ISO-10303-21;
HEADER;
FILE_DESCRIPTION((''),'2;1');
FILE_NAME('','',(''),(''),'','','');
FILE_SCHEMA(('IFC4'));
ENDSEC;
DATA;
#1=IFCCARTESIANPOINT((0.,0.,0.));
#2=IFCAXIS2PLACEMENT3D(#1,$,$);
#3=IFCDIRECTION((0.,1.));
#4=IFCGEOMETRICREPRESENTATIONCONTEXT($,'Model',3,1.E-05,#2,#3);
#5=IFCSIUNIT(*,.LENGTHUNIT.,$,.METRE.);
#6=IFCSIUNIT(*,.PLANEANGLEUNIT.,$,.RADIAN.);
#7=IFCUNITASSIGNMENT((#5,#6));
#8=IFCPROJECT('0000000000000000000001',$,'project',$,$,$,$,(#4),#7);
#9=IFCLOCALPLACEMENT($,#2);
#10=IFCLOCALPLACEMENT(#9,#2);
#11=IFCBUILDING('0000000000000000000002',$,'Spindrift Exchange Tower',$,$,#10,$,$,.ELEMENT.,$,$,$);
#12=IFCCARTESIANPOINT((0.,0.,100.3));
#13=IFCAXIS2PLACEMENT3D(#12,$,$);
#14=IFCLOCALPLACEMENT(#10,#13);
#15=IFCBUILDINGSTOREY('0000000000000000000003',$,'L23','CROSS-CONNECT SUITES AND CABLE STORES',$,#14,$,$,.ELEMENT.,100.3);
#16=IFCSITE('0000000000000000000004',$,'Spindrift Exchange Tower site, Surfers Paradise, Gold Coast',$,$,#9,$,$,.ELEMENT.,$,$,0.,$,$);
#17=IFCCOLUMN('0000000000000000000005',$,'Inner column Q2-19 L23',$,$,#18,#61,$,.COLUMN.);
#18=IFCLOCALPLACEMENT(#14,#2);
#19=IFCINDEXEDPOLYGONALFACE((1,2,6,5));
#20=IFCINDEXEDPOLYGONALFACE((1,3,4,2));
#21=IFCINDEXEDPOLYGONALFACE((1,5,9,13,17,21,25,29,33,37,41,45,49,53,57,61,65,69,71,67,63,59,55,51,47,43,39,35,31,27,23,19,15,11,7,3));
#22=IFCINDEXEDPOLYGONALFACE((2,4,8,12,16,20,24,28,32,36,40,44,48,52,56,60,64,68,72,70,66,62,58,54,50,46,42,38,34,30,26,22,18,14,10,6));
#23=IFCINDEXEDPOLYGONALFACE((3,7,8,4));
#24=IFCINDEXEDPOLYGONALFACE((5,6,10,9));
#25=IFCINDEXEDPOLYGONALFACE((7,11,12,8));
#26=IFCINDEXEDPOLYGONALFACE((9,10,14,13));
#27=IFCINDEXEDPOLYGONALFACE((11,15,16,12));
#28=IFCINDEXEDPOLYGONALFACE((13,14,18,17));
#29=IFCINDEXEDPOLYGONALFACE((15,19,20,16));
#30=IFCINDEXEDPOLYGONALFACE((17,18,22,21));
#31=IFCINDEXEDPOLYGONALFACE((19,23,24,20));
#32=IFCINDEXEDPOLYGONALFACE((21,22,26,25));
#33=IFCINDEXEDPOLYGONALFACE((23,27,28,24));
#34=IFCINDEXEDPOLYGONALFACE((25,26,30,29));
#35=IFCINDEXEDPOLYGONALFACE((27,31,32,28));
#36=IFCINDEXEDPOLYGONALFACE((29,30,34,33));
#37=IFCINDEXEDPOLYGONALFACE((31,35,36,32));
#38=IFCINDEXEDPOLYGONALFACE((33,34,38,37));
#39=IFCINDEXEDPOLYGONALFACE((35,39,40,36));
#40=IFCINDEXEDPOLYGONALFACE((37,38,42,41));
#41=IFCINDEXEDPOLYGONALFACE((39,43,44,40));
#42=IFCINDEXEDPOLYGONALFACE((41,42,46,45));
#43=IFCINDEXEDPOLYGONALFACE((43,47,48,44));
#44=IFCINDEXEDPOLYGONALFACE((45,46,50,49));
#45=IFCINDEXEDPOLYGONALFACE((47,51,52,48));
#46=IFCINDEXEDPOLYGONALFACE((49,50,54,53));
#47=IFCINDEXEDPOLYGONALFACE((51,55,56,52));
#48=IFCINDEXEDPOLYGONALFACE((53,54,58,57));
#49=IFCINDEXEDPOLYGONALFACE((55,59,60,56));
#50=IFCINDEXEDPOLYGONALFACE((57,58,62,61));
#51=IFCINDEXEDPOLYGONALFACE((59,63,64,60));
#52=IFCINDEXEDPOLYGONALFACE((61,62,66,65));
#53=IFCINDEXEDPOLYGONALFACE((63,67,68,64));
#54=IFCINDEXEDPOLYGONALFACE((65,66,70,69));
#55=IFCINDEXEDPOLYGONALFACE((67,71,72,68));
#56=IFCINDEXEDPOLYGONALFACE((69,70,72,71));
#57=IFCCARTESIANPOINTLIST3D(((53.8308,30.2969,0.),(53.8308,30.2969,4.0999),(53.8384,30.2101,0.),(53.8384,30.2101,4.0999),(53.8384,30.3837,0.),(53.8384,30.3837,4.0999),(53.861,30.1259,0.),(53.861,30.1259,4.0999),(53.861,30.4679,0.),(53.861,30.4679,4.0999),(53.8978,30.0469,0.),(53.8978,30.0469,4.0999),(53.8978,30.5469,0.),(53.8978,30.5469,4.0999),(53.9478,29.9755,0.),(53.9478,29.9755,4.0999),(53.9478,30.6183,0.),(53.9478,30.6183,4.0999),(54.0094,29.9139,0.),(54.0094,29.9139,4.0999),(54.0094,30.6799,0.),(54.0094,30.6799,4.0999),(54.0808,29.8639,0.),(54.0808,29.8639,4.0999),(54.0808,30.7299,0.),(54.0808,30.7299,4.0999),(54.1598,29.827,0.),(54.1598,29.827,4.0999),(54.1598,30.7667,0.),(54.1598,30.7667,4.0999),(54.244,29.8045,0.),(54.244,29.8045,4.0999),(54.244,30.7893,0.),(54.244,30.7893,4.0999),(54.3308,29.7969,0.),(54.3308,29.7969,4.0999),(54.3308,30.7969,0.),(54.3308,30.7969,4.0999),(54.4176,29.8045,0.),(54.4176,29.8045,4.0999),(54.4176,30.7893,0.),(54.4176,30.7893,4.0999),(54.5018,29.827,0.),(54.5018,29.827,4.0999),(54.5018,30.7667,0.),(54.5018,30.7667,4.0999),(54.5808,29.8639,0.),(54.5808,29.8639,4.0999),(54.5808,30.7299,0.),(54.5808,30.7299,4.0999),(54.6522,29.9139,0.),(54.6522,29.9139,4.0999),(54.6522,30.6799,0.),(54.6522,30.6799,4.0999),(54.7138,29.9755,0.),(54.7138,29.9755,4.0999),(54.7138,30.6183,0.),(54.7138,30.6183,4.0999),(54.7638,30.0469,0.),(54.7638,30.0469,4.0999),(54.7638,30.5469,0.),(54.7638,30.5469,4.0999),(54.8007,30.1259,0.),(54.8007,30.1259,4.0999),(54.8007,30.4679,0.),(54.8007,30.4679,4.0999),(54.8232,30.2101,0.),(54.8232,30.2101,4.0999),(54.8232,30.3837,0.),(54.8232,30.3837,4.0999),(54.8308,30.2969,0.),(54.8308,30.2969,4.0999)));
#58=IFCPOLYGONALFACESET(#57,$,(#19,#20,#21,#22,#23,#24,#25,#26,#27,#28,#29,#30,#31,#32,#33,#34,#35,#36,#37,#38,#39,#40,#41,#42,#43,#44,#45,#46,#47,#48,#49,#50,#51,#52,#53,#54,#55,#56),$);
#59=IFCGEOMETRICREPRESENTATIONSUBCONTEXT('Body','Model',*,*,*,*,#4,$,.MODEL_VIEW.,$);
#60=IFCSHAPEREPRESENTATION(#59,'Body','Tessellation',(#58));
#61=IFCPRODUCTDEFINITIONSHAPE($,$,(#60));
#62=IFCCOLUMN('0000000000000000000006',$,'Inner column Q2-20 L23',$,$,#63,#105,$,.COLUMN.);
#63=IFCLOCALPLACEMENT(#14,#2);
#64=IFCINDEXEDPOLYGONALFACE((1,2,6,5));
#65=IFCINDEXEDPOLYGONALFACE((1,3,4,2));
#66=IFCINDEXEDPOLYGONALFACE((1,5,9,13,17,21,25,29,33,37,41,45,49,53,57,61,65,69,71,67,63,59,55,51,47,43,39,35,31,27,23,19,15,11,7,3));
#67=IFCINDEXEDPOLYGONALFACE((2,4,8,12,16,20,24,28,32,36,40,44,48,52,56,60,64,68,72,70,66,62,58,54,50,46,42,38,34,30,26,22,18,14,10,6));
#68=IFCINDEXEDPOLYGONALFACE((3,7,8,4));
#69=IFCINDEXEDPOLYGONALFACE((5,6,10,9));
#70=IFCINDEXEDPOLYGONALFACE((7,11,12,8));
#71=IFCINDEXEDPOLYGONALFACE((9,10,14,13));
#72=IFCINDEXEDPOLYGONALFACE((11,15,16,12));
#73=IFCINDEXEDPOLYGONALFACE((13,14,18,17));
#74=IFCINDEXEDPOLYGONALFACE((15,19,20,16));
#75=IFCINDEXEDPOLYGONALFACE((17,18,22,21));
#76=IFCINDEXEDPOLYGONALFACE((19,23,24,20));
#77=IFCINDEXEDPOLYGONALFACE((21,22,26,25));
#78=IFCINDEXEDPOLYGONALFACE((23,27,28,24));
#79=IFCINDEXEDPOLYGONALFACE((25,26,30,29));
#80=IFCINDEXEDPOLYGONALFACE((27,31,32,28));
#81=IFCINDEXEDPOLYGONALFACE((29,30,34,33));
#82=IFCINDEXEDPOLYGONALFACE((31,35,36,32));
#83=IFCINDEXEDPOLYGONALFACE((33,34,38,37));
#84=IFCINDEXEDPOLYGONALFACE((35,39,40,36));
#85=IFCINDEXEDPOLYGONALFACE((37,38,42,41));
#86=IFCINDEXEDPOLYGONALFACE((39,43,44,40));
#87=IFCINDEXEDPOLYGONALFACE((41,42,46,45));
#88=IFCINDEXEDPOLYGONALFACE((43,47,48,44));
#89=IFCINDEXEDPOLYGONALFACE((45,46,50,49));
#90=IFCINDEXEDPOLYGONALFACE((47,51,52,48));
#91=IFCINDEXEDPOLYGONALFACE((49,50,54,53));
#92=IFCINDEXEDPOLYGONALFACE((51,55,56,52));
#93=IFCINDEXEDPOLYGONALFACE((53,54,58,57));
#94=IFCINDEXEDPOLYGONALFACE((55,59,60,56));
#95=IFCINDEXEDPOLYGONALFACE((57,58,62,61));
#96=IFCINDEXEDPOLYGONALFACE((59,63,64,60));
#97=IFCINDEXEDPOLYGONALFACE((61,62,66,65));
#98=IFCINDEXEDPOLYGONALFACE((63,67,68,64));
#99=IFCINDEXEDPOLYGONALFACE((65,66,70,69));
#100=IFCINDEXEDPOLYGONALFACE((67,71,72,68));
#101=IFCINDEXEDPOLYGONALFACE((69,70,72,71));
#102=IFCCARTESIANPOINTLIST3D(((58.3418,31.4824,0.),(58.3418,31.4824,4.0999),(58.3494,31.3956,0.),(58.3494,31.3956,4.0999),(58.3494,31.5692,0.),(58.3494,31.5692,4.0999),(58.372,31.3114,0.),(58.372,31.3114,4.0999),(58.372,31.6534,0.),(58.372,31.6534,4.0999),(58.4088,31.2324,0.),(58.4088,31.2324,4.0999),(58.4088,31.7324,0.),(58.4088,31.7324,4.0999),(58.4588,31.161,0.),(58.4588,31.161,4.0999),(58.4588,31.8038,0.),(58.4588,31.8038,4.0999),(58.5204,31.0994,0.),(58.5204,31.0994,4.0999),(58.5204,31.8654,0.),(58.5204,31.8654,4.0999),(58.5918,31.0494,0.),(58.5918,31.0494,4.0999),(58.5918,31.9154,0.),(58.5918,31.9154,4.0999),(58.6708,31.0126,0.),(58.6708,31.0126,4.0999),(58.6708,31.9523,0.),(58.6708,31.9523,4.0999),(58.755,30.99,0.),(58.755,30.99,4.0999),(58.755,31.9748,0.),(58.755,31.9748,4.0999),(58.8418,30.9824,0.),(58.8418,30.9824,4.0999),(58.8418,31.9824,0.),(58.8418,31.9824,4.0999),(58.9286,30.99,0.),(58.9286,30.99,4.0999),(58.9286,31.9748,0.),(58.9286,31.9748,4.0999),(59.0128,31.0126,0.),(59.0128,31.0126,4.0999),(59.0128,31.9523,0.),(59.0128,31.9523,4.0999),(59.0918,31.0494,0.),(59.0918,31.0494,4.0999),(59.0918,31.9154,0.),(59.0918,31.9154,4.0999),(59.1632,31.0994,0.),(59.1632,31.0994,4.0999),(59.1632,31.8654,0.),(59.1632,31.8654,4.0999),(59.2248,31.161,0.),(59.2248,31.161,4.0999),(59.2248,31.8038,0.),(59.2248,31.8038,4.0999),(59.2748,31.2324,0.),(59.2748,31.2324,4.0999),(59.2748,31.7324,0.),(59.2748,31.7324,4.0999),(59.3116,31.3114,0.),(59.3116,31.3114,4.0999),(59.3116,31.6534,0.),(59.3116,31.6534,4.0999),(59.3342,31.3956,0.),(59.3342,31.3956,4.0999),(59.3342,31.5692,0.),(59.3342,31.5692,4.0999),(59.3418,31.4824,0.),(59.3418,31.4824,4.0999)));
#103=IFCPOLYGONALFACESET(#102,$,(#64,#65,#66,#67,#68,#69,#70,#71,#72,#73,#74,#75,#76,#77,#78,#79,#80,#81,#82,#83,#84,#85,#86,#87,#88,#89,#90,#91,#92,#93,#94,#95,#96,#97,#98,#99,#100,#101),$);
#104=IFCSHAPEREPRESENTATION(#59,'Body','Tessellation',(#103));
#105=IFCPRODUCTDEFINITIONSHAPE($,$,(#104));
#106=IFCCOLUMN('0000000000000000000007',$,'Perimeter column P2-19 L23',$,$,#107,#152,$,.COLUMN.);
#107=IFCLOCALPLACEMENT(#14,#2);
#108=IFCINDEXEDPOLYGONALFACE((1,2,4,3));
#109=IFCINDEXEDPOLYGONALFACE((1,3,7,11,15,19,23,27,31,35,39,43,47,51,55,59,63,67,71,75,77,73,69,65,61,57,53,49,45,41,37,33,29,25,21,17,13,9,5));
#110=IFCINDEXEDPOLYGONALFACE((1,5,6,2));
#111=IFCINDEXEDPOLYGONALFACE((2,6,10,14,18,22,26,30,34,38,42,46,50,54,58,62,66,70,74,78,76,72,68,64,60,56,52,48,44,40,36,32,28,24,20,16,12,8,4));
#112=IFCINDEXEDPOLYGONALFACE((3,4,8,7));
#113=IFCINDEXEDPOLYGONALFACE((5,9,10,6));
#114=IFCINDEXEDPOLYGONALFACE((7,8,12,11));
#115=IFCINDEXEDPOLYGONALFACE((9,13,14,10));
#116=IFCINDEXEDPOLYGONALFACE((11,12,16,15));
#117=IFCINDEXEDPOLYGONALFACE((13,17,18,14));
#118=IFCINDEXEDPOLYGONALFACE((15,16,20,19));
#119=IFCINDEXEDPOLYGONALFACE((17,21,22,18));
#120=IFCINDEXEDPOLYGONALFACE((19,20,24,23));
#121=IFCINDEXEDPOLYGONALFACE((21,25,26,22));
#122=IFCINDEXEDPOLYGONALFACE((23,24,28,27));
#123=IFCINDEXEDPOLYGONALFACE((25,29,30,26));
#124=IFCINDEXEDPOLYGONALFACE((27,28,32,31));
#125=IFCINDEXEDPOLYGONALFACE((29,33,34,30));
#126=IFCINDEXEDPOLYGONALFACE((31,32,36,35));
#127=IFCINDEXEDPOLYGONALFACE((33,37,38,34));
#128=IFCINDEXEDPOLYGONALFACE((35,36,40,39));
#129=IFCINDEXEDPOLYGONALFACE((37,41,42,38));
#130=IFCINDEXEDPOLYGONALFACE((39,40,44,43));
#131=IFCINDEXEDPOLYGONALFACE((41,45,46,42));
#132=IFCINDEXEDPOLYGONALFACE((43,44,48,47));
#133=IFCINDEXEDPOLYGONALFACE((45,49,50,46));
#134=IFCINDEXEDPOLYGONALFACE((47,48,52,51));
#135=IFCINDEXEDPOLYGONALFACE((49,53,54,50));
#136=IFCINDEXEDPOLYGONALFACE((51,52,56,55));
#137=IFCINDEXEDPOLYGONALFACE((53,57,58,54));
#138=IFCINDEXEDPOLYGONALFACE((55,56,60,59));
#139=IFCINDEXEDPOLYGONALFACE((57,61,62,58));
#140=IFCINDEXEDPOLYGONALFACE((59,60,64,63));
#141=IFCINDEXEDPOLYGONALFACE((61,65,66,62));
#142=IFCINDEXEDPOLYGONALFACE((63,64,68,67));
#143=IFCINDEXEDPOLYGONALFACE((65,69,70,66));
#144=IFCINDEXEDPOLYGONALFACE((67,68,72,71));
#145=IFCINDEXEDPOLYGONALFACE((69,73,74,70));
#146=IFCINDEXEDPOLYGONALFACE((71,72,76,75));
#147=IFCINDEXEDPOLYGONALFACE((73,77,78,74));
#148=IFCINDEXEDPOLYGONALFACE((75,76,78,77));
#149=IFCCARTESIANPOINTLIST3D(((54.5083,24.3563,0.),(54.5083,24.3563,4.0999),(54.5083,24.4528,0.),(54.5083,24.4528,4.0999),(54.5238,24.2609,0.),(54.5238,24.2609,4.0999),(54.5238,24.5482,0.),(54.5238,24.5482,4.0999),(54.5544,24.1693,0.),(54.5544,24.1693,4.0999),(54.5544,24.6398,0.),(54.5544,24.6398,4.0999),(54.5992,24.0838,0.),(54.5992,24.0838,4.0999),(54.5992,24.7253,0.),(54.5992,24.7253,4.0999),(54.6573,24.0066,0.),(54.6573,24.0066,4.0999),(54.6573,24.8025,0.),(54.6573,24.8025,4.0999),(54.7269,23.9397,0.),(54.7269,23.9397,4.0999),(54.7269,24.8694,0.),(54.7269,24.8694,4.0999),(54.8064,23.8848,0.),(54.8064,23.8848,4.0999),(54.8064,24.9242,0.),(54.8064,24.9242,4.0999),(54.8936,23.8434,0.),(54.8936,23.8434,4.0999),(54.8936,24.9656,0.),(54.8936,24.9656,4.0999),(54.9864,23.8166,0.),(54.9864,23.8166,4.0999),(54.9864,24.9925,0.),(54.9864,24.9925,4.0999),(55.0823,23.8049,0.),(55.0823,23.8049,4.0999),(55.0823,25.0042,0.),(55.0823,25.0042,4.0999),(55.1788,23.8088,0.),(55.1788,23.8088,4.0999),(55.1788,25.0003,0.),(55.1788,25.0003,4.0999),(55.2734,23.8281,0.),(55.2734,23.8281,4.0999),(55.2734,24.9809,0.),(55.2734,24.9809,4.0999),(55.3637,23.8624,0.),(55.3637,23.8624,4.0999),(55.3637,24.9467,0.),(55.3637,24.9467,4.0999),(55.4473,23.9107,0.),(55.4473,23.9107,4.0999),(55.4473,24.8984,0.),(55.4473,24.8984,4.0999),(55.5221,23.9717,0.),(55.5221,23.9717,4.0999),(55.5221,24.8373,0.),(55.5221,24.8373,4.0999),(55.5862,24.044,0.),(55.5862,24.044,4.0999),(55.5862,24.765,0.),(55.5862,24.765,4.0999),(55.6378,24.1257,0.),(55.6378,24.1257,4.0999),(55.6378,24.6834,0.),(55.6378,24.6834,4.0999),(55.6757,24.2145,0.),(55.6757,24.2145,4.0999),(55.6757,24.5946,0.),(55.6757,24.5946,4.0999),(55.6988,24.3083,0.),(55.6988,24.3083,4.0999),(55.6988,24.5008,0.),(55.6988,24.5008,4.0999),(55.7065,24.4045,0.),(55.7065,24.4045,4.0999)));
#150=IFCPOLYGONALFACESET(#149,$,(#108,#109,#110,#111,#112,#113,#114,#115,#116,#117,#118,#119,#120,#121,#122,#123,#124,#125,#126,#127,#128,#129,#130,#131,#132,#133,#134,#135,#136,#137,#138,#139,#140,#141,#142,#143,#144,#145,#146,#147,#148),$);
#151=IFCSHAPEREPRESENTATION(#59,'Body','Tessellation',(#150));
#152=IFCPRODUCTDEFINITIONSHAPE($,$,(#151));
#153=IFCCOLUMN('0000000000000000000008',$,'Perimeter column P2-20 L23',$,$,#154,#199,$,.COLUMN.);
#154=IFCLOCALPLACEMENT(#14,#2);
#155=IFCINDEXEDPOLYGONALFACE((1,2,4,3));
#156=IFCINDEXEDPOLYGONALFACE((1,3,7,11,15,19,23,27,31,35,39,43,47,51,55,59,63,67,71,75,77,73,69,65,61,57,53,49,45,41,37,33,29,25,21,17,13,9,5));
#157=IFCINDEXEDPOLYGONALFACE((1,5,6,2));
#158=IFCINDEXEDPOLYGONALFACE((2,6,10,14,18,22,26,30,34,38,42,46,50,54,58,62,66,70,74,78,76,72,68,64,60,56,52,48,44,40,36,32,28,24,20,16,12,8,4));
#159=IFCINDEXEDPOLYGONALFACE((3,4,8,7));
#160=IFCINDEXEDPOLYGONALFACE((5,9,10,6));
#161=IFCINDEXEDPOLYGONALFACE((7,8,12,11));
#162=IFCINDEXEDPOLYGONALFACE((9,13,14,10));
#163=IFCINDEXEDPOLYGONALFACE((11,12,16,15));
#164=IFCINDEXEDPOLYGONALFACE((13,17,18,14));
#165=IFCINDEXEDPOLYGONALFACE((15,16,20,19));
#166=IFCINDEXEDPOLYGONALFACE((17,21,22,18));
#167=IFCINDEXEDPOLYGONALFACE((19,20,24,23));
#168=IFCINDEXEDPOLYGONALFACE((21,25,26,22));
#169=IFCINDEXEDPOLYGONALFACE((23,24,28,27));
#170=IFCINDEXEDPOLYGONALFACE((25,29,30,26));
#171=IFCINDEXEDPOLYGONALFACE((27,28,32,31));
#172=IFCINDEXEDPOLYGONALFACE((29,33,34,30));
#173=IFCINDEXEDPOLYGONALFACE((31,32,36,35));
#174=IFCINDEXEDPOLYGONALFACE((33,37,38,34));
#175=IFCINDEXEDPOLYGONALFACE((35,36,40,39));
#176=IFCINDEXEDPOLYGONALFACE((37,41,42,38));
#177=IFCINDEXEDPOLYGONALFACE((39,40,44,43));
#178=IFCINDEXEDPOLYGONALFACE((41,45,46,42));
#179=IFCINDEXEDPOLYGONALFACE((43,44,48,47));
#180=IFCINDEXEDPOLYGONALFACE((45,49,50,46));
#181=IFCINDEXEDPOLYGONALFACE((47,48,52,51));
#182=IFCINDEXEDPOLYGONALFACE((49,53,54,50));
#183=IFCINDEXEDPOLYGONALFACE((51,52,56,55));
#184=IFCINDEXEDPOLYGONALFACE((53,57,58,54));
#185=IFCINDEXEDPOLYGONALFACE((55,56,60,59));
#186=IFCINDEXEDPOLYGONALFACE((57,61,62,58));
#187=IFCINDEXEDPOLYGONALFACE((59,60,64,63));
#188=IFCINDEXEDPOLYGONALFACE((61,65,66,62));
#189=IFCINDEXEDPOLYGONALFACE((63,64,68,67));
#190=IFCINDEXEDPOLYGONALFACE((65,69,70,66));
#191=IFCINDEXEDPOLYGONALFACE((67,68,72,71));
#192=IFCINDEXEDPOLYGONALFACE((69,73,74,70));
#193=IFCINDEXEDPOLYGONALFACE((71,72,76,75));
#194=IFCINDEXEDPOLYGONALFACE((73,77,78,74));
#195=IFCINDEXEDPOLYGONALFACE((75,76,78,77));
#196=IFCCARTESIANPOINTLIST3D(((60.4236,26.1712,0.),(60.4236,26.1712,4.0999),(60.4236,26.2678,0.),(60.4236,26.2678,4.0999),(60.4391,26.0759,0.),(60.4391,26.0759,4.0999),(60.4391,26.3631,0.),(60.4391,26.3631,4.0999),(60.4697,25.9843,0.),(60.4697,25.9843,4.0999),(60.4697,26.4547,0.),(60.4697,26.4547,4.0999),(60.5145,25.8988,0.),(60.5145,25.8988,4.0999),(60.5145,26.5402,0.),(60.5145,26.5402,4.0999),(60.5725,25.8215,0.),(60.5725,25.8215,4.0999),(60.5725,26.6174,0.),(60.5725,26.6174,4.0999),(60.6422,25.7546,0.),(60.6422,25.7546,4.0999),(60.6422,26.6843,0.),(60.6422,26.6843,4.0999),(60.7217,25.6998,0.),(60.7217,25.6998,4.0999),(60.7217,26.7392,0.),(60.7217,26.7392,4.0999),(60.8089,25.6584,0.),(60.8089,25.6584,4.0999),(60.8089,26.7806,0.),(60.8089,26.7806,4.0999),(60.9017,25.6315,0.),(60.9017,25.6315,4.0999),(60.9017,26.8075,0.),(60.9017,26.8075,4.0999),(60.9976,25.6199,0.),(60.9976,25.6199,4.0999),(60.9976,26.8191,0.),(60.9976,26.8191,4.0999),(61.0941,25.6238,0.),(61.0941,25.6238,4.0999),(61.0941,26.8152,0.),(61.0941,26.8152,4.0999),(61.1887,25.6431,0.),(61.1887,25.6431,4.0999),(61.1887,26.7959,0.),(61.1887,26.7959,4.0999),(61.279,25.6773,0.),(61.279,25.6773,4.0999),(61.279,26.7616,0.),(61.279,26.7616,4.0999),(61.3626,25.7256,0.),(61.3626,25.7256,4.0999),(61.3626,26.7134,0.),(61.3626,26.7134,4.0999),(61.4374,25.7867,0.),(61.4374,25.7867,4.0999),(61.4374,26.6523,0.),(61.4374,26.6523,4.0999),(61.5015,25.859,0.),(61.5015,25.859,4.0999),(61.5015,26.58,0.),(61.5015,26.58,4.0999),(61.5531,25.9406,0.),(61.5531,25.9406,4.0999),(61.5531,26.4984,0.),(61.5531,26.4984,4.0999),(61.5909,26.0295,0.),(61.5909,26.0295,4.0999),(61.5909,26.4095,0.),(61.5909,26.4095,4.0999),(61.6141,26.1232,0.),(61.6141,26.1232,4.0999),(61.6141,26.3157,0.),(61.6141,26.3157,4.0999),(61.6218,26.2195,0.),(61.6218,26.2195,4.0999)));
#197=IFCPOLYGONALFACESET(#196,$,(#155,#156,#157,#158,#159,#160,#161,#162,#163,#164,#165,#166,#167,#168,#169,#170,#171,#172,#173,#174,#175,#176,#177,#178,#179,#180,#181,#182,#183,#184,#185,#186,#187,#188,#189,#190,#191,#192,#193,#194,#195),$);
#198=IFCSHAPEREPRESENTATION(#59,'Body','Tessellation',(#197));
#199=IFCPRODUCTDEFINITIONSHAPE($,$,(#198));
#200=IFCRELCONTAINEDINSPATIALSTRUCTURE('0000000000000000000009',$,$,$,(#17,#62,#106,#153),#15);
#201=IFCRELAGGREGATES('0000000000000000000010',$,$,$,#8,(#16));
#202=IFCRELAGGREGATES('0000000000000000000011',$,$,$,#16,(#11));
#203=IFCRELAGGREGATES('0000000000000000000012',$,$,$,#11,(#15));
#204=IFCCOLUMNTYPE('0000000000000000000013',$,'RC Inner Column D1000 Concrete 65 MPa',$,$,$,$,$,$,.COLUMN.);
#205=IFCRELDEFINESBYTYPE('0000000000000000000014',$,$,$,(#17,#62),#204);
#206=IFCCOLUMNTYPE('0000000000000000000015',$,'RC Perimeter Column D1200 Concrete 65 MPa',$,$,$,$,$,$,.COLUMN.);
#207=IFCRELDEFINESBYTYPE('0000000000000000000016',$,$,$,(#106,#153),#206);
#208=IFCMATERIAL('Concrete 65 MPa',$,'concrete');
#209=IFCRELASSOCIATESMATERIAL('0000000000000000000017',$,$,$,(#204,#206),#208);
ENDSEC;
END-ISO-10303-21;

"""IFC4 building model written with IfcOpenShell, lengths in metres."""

from ifc_helpers import new_model, si_unit, direction, frame, origin, origin_2d, place, context, subcontext, project, spatial, circle, extrude, source, transform, mapped, material, material_profile, profile_set, type_object, element, save


model = new_model("IFC4")

# Units and contexts
model_context = context("Model", 3, precision=1e-05, world=origin(), true_north=direction((0.0, 1.0)))
body_context = subcontext(model_context, "Body", "Model", "MODEL_VIEW")
ifc_project = project(units=[si_unit("LENGTHUNIT", "METRE"), si_unit("PLANEANGLEUNIT", "RADIAN")], contexts=[model_context])

# Site, building, storey
site_placement = place(None, origin())
site = spatial("IfcSite", under=ifc_project, at=site_placement, Name="Spindrift Exchange Tower site, Surfers Paradise, Gold Coast", CompositionType="ELEMENT", RefElevation=0.0)
building_placement = place(site_placement, origin())
building = spatial("IfcBuilding", under=site, at=building_placement, Name="Spindrift Exchange Tower", CompositionType="ELEMENT")
storey_placement = place(building_placement, frame((0.0, 0.0, 100.3)))
storey = spatial("IfcBuildingStorey", under=building, at=storey_placement, Name="L23", Description="CROSS-CONNECT SUITES AND CABLE STORES", CompositionType="ELEMENT", Elevation=100.3)

# Columns
ifc_material_1 = material(Name="Concrete 65 MPa", Category="concrete")
ifc_material_profile_1 = material_profile(ifc_material_1, circle(Radius=0.5, at=origin_2d()), Name="RC D1000")
ifc_profile_set_1 = profile_set([ifc_material_profile_1], Name="Concrete 65 MPa")
column_type_1 = type_object("IfcColumnType", Name="RC Inner Column D1000 Concrete 65 MPa", PredefinedType="COLUMN", material=ifc_profile_set_1)
shared_shape_1 = source(origin(), body_context, "Body", "SweptSolid", [
    extrude(circle(Radius=0.5, at=origin_2d()), origin(), (0.0, 0.0, 1.0), 4.0999),
])
for number, where, z_axis, x_axis, name in (
    (1, (54.3308, 30.2969, 0.0), (0.0, 0.0, 1.0), (1.0, 0.0, 0.0), "Inner column Q2-19 L23"),
    (2, (58.8418, 31.4824, 0.0), (0.0, 0.0, 1.0), (1.0, 0.0, 0.0), "Inner column Q2-20 L23"),
):
    element("IfcColumn", number, at=place(storey_placement, frame(where, z_axis=z_axis, x_axis=x_axis)), inside=storey, type_object=column_type_1, Name=name, PredefinedType="COLUMN", context=body_context, shape_type="MappedRepresentation", body=[
        mapped(shared_shape_1, transform((0.0, 0.0, 0.0), scale=1.0)),
    ])
ifc_material_profile_2 = material_profile(ifc_material_1, circle(Radius=0.6001, at=origin_2d()), Name="RC D1200")
ifc_profile_set_2 = profile_set([ifc_material_profile_2], Name="Concrete 65 MPa")
column_type_2 = type_object("IfcColumnType", Name="RC Perimeter Column D1200 Concrete 65 MPa", PredefinedType="COLUMN", material=ifc_profile_set_2)
shared_shape_2 = source(origin(), body_context, "Body", "SweptSolid", [
    extrude(circle(Radius=0.6001, at=origin_2d()), origin(), (0.0, 0.0, 1.0), 4.0999),
])
for number, where, z_axis, x_axis, name in (
    (3, (55.1064, 24.4045, 0.0), (0.0, 0.0, 1.0), (1.0, 0.0, 0.0), "Perimeter column P2-19 L23"),
    (4, (61.0217, 26.2195, 0.0), (0.0, 0.0, 1.0), (1.0, 0.0, 0.0), "Perimeter column P2-20 L23"),
):
    element("IfcColumn", number, at=place(storey_placement, frame(where, z_axis=z_axis, x_axis=x_axis)), inside=storey, type_object=column_type_2, Name=name, PredefinedType="COLUMN", context=body_context, shape_type="MappedRepresentation", body=[
        mapped(shared_shape_2, transform((0.0, 0.0, 0.0), scale=1.0)),
    ])

save(model, "model.ifc")
